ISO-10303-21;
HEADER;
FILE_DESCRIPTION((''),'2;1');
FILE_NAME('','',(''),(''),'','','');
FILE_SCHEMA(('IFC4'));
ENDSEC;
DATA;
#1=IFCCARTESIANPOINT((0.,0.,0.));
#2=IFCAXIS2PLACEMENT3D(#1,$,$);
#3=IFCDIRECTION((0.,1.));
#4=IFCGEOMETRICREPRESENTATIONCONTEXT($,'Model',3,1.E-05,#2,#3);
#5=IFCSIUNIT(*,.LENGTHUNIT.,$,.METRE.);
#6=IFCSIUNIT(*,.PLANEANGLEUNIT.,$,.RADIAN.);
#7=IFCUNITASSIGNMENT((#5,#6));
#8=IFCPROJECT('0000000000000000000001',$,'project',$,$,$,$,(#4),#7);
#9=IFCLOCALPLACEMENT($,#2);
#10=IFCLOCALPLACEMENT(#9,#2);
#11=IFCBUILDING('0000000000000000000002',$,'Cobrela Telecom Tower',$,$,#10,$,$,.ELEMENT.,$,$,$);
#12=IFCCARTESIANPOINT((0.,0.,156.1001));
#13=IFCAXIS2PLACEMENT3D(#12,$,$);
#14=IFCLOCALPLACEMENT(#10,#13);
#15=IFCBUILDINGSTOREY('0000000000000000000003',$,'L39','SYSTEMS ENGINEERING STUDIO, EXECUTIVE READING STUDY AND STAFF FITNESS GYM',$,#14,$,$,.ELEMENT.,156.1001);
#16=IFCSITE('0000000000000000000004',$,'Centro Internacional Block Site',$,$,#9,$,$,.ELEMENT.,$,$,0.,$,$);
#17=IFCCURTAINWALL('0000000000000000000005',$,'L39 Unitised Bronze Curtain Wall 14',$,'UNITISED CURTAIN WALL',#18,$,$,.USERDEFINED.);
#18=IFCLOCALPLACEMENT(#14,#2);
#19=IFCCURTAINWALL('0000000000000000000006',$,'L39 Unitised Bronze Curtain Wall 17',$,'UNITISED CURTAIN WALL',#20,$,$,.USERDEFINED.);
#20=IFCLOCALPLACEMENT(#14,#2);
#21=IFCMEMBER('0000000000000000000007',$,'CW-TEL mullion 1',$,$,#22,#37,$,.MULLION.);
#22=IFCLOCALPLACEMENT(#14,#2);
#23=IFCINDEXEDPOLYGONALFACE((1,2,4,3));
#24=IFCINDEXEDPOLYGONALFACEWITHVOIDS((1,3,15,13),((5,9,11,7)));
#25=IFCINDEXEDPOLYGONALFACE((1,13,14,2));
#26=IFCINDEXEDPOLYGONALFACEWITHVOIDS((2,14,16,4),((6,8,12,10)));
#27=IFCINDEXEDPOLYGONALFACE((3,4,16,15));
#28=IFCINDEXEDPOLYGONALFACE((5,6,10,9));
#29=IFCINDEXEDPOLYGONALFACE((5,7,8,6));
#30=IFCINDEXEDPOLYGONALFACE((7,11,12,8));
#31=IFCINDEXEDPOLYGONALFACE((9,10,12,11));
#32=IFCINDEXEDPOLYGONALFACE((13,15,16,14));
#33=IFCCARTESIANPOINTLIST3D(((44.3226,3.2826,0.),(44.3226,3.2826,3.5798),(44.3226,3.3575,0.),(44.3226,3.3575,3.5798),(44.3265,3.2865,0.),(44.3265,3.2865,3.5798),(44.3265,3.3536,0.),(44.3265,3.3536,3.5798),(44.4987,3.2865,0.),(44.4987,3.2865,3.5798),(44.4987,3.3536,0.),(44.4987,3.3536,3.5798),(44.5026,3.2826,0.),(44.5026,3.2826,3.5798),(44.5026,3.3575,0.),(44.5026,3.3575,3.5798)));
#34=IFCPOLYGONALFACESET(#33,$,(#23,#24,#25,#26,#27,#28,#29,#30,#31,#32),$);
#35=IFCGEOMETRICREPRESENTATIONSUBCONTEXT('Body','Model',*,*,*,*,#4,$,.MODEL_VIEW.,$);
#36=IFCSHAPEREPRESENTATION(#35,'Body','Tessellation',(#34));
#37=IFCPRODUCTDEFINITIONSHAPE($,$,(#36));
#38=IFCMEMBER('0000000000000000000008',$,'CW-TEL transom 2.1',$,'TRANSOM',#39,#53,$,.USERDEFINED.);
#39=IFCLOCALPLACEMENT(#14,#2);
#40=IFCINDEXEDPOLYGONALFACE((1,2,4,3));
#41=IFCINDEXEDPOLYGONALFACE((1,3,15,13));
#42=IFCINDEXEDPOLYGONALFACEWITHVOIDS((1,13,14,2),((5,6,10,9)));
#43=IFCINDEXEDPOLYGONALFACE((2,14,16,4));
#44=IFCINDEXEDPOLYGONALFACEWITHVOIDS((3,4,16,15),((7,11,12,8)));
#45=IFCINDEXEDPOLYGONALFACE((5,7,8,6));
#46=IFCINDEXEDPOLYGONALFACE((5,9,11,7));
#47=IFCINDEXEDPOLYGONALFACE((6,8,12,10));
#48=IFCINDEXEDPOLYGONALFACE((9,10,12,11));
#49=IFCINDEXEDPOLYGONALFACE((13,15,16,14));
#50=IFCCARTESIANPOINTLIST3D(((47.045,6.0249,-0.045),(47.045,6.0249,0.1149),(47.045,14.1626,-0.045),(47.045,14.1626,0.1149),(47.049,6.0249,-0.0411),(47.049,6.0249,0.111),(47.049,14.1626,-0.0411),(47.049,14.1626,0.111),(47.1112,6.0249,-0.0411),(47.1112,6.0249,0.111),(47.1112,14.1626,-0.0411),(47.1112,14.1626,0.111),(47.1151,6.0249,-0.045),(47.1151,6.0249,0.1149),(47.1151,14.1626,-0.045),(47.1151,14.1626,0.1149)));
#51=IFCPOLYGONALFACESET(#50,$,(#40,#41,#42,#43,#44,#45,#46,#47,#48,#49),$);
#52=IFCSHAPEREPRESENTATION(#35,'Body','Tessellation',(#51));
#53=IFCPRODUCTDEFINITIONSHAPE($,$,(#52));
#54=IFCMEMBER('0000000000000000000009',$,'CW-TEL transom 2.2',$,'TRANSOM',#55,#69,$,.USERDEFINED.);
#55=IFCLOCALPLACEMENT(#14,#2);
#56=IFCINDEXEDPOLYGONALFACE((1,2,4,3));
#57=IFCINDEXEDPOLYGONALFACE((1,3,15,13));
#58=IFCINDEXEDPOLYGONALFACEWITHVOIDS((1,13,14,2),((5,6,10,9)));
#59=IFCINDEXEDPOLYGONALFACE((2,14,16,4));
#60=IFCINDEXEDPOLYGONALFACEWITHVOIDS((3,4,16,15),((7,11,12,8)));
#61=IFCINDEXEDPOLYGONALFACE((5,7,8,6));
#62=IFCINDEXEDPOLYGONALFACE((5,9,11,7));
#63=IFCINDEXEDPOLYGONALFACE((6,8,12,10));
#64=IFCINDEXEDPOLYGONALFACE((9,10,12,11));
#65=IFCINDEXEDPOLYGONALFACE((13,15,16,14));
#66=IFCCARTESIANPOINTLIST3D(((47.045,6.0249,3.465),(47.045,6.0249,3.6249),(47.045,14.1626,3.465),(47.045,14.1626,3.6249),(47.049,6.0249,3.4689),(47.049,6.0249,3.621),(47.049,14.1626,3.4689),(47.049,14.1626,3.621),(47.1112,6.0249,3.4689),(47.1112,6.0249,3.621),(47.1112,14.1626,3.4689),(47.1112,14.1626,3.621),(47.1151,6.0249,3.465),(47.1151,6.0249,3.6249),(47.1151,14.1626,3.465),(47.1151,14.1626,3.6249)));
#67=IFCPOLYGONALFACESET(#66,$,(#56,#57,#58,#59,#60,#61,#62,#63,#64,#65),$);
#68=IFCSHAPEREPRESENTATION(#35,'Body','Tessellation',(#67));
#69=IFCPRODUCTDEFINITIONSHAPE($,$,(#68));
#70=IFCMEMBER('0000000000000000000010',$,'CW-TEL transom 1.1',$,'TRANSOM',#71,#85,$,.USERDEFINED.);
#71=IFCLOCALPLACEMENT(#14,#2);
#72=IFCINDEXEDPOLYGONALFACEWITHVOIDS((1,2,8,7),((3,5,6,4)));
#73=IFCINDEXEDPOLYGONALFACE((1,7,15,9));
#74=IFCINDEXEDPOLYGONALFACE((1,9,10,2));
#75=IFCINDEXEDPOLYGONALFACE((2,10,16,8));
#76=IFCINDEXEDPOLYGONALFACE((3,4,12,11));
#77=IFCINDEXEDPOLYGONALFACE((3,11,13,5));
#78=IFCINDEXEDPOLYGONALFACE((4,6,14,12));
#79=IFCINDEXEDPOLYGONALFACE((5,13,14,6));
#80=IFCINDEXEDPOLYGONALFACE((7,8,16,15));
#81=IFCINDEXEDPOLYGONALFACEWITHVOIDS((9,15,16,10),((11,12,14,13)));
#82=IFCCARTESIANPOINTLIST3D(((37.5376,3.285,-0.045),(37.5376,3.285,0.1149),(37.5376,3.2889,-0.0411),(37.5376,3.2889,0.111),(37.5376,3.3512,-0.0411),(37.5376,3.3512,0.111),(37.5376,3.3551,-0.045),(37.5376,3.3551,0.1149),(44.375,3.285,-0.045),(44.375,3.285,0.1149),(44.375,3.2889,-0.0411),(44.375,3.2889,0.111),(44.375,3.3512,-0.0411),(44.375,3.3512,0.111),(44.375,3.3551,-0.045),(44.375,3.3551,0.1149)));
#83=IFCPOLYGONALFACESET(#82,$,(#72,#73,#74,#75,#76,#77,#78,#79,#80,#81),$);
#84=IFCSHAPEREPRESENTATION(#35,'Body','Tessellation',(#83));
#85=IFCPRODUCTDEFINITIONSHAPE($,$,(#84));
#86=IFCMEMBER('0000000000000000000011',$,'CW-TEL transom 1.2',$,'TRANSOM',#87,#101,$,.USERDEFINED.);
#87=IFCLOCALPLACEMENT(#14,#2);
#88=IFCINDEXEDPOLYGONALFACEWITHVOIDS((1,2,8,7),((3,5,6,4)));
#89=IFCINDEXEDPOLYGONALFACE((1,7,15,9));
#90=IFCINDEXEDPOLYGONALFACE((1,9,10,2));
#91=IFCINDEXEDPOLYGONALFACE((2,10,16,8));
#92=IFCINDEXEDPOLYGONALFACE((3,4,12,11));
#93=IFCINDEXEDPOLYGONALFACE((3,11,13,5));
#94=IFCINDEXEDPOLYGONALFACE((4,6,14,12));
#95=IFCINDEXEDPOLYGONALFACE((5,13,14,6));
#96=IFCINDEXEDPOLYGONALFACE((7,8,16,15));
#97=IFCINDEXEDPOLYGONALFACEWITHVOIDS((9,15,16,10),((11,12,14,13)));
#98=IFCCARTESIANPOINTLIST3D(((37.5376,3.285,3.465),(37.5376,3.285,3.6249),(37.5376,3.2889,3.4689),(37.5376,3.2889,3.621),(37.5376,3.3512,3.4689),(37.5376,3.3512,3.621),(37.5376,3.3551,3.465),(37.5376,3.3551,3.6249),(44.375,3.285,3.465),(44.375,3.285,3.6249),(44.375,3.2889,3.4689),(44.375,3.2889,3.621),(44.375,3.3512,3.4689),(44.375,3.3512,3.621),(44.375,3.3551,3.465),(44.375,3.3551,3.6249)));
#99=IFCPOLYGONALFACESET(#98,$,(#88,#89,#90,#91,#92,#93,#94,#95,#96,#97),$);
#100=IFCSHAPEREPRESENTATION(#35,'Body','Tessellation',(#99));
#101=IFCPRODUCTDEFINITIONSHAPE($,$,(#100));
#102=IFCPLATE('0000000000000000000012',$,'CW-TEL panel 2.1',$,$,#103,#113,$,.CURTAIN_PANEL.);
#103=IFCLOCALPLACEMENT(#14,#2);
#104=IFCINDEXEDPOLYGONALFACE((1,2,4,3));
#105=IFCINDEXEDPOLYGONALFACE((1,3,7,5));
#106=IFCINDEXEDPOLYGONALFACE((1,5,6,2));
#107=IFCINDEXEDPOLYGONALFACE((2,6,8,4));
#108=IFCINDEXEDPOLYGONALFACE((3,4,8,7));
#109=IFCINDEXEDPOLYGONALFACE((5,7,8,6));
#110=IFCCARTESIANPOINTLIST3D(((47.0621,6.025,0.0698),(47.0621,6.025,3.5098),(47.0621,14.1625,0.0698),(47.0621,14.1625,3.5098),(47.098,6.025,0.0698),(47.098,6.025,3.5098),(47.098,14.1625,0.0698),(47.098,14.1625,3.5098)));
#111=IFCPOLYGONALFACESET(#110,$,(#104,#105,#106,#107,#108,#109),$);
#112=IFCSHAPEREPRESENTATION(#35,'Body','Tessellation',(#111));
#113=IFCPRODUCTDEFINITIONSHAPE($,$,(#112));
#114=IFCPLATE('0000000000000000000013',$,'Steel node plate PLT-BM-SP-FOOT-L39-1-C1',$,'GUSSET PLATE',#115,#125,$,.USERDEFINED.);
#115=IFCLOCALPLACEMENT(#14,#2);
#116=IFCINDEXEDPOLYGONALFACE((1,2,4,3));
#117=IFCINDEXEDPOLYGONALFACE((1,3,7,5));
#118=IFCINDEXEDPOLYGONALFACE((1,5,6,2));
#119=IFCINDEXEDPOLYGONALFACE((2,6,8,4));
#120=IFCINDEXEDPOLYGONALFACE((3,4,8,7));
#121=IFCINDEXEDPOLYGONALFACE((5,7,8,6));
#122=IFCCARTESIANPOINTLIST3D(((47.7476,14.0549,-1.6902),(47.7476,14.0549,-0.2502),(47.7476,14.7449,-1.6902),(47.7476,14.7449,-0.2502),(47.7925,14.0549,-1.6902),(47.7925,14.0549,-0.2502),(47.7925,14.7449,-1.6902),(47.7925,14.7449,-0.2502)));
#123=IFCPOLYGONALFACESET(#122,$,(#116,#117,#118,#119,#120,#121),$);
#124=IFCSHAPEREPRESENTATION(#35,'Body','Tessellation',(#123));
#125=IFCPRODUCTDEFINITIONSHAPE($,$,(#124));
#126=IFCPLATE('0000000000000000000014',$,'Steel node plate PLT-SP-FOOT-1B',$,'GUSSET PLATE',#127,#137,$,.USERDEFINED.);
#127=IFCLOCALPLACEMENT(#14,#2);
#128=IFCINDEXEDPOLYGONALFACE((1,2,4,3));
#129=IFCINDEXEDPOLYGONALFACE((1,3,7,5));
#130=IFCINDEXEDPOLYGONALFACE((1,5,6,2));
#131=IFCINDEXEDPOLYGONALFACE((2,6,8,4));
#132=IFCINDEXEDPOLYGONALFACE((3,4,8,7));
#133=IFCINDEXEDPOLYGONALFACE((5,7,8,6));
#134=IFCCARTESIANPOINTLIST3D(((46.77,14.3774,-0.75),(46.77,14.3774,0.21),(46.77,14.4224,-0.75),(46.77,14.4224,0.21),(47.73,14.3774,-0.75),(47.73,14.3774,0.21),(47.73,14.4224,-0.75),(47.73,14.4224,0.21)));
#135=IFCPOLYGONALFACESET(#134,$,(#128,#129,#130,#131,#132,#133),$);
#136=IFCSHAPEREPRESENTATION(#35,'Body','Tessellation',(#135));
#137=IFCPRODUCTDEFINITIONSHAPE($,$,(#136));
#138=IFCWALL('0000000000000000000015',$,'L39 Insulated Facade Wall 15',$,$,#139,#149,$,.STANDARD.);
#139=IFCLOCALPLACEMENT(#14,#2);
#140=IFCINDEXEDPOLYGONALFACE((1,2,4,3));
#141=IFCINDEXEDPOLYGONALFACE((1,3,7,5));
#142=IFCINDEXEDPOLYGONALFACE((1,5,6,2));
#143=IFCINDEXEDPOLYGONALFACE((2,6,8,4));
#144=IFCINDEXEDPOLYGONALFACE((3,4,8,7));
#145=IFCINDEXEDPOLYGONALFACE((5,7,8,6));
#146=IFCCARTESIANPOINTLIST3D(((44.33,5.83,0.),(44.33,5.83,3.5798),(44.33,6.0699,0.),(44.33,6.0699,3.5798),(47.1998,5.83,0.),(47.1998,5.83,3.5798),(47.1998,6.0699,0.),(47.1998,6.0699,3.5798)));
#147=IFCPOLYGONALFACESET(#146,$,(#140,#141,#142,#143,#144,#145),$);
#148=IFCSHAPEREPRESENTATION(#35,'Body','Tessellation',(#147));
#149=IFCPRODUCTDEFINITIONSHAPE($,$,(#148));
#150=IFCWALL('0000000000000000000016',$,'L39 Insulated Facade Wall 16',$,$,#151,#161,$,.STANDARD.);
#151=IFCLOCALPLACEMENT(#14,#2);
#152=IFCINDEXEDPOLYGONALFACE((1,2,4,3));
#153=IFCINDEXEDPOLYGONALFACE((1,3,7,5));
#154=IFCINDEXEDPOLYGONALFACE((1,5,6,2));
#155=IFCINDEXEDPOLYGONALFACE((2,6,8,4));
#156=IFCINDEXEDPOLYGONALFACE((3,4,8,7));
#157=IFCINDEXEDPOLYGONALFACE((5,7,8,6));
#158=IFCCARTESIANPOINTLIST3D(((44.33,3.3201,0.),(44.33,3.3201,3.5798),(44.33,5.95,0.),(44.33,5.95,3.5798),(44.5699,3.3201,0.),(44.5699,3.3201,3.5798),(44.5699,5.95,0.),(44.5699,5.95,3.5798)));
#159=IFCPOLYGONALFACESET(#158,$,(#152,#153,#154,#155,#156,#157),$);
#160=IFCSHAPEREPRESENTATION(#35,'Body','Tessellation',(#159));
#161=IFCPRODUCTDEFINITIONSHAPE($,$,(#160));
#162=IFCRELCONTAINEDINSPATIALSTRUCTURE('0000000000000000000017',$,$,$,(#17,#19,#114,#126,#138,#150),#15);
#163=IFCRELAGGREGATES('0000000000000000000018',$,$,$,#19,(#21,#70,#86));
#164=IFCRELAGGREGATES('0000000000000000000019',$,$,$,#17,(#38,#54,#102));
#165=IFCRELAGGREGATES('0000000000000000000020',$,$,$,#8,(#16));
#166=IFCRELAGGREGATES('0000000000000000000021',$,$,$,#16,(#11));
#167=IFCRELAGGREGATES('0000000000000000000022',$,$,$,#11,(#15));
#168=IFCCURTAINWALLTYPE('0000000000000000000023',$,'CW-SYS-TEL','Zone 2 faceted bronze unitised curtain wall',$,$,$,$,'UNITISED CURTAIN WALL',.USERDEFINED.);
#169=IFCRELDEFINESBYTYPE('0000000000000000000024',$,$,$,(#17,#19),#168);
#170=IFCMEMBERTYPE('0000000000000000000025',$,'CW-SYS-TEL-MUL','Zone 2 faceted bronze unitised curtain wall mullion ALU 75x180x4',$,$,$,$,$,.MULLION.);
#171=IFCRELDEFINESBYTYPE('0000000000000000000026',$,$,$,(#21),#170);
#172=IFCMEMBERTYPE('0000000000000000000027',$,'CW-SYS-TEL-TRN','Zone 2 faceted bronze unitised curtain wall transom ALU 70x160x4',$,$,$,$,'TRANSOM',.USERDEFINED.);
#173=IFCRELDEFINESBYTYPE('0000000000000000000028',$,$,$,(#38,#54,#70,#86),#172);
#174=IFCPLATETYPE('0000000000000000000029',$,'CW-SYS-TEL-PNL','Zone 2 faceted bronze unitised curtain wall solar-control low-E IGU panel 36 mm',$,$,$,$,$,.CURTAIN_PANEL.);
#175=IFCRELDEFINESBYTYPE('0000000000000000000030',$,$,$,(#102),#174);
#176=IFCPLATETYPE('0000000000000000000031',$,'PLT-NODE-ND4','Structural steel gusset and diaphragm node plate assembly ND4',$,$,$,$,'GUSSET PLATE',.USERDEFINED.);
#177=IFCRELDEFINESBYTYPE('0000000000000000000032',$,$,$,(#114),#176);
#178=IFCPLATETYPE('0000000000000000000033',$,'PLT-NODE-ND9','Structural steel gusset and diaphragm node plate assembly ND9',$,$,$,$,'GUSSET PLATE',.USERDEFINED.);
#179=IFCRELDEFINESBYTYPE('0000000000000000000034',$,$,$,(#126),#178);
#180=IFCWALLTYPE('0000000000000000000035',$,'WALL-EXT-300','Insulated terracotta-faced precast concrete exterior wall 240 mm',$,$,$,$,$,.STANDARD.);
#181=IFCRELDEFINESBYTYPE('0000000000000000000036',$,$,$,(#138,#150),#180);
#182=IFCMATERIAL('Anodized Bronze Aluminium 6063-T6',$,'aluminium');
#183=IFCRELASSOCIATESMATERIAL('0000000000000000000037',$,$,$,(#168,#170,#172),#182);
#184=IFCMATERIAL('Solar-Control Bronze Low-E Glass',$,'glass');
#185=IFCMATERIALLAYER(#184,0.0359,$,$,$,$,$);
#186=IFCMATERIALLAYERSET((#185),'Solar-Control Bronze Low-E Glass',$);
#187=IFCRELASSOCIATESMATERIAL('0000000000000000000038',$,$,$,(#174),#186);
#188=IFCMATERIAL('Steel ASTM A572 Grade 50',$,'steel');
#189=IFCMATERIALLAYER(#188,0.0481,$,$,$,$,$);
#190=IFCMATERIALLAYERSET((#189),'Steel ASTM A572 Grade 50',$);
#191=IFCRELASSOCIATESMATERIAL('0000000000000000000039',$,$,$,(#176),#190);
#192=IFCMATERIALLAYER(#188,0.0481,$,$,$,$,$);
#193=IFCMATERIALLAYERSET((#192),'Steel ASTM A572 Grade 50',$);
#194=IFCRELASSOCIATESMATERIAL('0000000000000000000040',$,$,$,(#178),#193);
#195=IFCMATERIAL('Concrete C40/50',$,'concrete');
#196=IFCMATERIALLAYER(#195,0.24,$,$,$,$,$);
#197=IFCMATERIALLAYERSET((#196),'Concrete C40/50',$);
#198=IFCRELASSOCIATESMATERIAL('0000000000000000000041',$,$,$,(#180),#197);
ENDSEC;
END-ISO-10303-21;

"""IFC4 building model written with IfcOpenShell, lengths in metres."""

from ifc_helpers import new_model, si_unit, direction, frame, frame_2d, origin, origin_2d, place, context, subcontext, project, spatial, rectangle, hollow_rectangle, extrude, material, layer, layer_set, material_profile, profile_set, type_object, element, aggregate, save


model = new_model("IFC4")

# Units and contexts
model_context = context("Model", 3, precision=1e-05, world=origin(), true_north=direction((0.0, 1.0)))
body_context = subcontext(model_context, "Body", "Model", "MODEL_VIEW")
ifc_project = project(units=[si_unit("LENGTHUNIT", "METRE"), si_unit("PLANEANGLEUNIT", "RADIAN")], contexts=[model_context])

# Site, building, storey
site_placement = place(None, origin())
site = spatial("IfcSite", under=ifc_project, at=site_placement, Name="Centro Internacional Block Site", CompositionType="ELEMENT", RefElevation=0.0)
building_placement = place(site_placement, origin())
building = spatial("IfcBuilding", under=site, at=building_placement, Name="Cobrela Telecom Tower", CompositionType="ELEMENT")
storey_placement = place(building_placement, frame((0.0, 0.0, 156.1001)))
storey = spatial("IfcBuildingStorey", under=building, at=storey_placement, Name="L39", Description="SYSTEMS ENGINEERING STUDIO, EXECUTIVE READING STUDY AND STAFF FITNESS GYM", CompositionType="ELEMENT", Elevation=156.1001)

# Shared definitions
ifc_material_1 = material(Name="Steel ASTM A572 Grade 50", Category="steel")

# Curtain wall
ifc_material_2 = material(Name="Anodized Bronze Aluminium 6063-T6", Category="aluminium")
curtain_wall_type = type_object("IfcCurtainWallType", Name="CW-SYS-TEL", Description="Zone 2 faceted bronze unitised curtain wall", ElementType="UNITISED CURTAIN WALL", PredefinedType="USERDEFINED", material=ifc_material_2)
curtain_wall_1_placement = place(storey_placement, origin())
curtain_wall_1 = element("IfcCurtainWall", 1, at=curtain_wall_1_placement, inside=storey, type_object=curtain_wall_type, Name="L39 Unitised Bronze Curtain Wall 14", ObjectType="UNITISED CURTAIN WALL", PredefinedType="USERDEFINED")
ifc_material_profile_1 = material_profile(ifc_material_2, hollow_rectangle(XDim=0.075, YDim=0.1799, WallThickness=0.0039, at=origin_2d()), Name="ALU 75x180x4")
ifc_profile_set_1 = profile_set([ifc_material_profile_1], Name="Anodized Bronze Aluminium 6063-T6")
member_type_1 = type_object("IfcMemberType", Name="CW-SYS-TEL-MUL", Description="Zone 2 faceted bronze unitised curtain wall mullion ALU 75x180x4", PredefinedType="MULLION", material=ifc_profile_set_1)

# Curtain wall, member
curtain_wall_2_placement = place(storey_placement, origin())
curtain_wall_2 = element("IfcCurtainWall", 2, at=curtain_wall_2_placement, inside=storey, type_object=curtain_wall_type, Name="L39 Unitised Bronze Curtain Wall 17", ObjectType="UNITISED CURTAIN WALL", PredefinedType="USERDEFINED")
member_1_placement = place(storey_placement, frame((44.4126, 3.3201, 0.0), z_axis=(0.0, 0.0, 1.0), x_axis=(0.0, -1.0, 0.0)))
member_1 = element("IfcMember", 3, at=member_1_placement, type_object=member_type_1, Name="CW-TEL mullion 1", PredefinedType="MULLION", context=body_context, shape_type="SweptSolid", body=[
    extrude(hollow_rectangle(XDim=0.075, YDim=0.1799, WallThickness=0.0039, at=origin_2d()), origin(), (0.0, 0.0, 1.0), 3.5798),
])

# Members
ifc_material_profile_2 = material_profile(ifc_material_2, hollow_rectangle(XDim=0.0701, YDim=0.1599, WallThickness=0.0039, at=origin_2d()), Name="ALU 70x160x4")
ifc_profile_set_2 = profile_set([ifc_material_profile_2], Name="Anodized Bronze Aluminium 6063-T6")
member_type_2 = type_object("IfcMemberType", Name="CW-SYS-TEL-TRN", Description="Zone 2 faceted bronze unitised curtain wall transom ALU 70x160x4", ElementType="TRANSOM", PredefinedType="USERDEFINED", material=ifc_profile_set_2)
member_2_placement = place(storey_placement, frame((47.0801, 14.1626, 0.0349), z_axis=(0.0, -1.0, 0.0), x_axis=(1.0, 0.0, 0.0)))
member_2 = element("IfcMember", 4, at=member_2_placement, type_object=member_type_2, Name="CW-TEL transom 2.1", ObjectType="TRANSOM", PredefinedType="USERDEFINED", context=body_context, shape_type="SweptSolid", body=[
    extrude(hollow_rectangle(XDim=0.0701, YDim=0.1599, WallThickness=0.0039, at=origin_2d()), origin(), (0.0, 0.0, 1.0), 8.1377),
])
member_3_placement = place(storey_placement, frame((47.0801, 14.1626, 3.5449), z_axis=(0.0, -1.0, 0.0), x_axis=(1.0, 0.0, 0.0)))
member_3 = element("IfcMember", 5, at=member_3_placement, type_object=member_type_2, Name="CW-TEL transom 2.2", ObjectType="TRANSOM", PredefinedType="USERDEFINED", context=body_context, shape_type="SweptSolid", body=[
    extrude(hollow_rectangle(XDim=0.0701, YDim=0.1599, WallThickness=0.0039, at=origin_2d()), origin(), (0.0, 0.0, 1.0), 8.1377),
])
member_4_placement = place(storey_placement, frame((44.375, 3.3201, 0.0349), z_axis=(-1.0, 0.0, 0.0), x_axis=(0.0, -1.0, 0.0)))
member_4 = element("IfcMember", 6, at=member_4_placement, type_object=member_type_2, Name="CW-TEL transom 1.1", ObjectType="TRANSOM", PredefinedType="USERDEFINED", context=body_context, shape_type="SweptSolid", body=[
    extrude(hollow_rectangle(XDim=0.0701, YDim=0.1599, WallThickness=0.0039, at=origin_2d()), origin(), (0.0, 0.0, 1.0), 6.8374),
])
member_5_placement = place(storey_placement, frame((44.375, 3.3201, 3.5449), z_axis=(-1.0, 0.0, 0.0), x_axis=(0.0, -1.0, 0.0)))
member_5 = element("IfcMember", 7, at=member_5_placement, type_object=member_type_2, Name="CW-TEL transom 1.2", ObjectType="TRANSOM", PredefinedType="USERDEFINED", context=body_context, shape_type="SweptSolid", body=[
    extrude(hollow_rectangle(XDim=0.0701, YDim=0.1599, WallThickness=0.0039, at=origin_2d()), origin(), (0.0, 0.0, 1.0), 6.8374),
])
aggregate(curtain_wall_2, [member_1, member_4, member_5])

# Plate
ifc_material_3 = material(Name="Solar-Control Bronze Low-E Glass", Category="glass")
ifc_layer_1 = layer(ifc_material_3, 0.0359)
ifc_layer_set_1 = layer_set([ifc_layer_1], Name="Solar-Control Bronze Low-E Glass")
plate_type_1 = type_object("IfcPlateType", Name="CW-SYS-TEL-PNL", Description="Zone 2 faceted bronze unitised curtain wall solar-control low-E IGU panel 36 mm", PredefinedType="CURTAIN_PANEL", material=ifc_layer_set_1)
plate_1_placement = place(storey_placement, frame((47.0801, 10.0938, 0.0698), z_axis=(0.0, 0.0, 1.0), x_axis=(0.0, -1.0, 0.0)))
plate_1 = element("IfcPlate", 8, at=plate_1_placement, type_object=plate_type_1, Name="CW-TEL panel 2.1", PredefinedType="CURTAIN_PANEL", context=body_context, shape_type="SweptSolid", body=[
    extrude(rectangle(XDim=8.1375, YDim=0.0359, at=origin_2d()), origin(), (0.0, 0.0, 1.0), 3.4399),
])
aggregate(curtain_wall_1, [member_2, member_3, plate_1])

# Plates
ifc_layer_2 = layer(ifc_material_1, 0.0481)
ifc_layer_set_2 = layer_set([ifc_layer_2], Name="Steel ASTM A572 Grade 50")
plate_type_2 = type_object("IfcPlateType", Name="PLT-NODE-ND4", Description="Structural steel gusset and diaphragm node plate assembly ND4", ElementType="GUSSET PLATE", PredefinedType="USERDEFINED", material=ifc_layer_set_2)
plate_2_placement = place(storey_placement, frame((47.77, 14.3999, -1.6902), z_axis=(0.0, 0.0, 1.0), x_axis=(1.0, 0.0, 0.0)))
element("IfcPlate", 9, at=plate_2_placement, inside=storey, type_object=plate_type_2, Name="Steel node plate PLT-BM-SP-FOOT-L39-1-C1", ObjectType="GUSSET PLATE", PredefinedType="USERDEFINED", context=body_context, shape_type="SweptSolid", body=[
    extrude(rectangle(XDim=0.0449, YDim=0.6899, at=origin_2d()), origin(), (0.0, 0.0, 1.0), 1.4399),
])
ifc_layer_3 = layer(ifc_material_1, 0.0481)
ifc_layer_set_3 = layer_set([ifc_layer_3], Name="Steel ASTM A572 Grade 50")
plate_type_3 = type_object("IfcPlateType", Name="PLT-NODE-ND9", Description="Structural steel gusset and diaphragm node plate assembly ND9", ElementType="GUSSET PLATE", PredefinedType="USERDEFINED", material=ifc_layer_set_3)
plate_3_placement = place(storey_placement, frame((47.25, 14.3999, -0.75), z_axis=(0.0, 0.0, 1.0), x_axis=(1.0, 0.0, 0.0)))
element("IfcPlate", 10, at=plate_3_placement, inside=storey, type_object=plate_type_3, Name="Steel node plate PLT-SP-FOOT-1B", ObjectType="GUSSET PLATE", PredefinedType="USERDEFINED", context=body_context, shape_type="SweptSolid", body=[
    extrude(rectangle(XDim=0.96, YDim=0.0449, at=origin_2d()), origin(), (0.0, 0.0, 1.0), 0.96),
])

# Walls
ifc_material_4 = material(Name="Concrete C40/50", Category="concrete")
ifc_layer_4 = layer(ifc_material_4, 0.24)
ifc_layer_set_4 = layer_set([ifc_layer_4], Name="Concrete C40/50")
wall_type = type_object("IfcWallType", Name="WALL-EXT-300", Description="Insulated terracotta-faced precast concrete exterior wall 240 mm", PredefinedType="STANDARD", material=ifc_layer_set_4)
wall_1_placement = place(storey_placement, frame((47.2, 5.95, 0.0), z_axis=(0.0, 0.0, 1.0), x_axis=(-1.0, 0.0, 0.0)))
element("IfcWall", 11, at=wall_1_placement, inside=storey, type_object=wall_type, Name="L39 Insulated Facade Wall 15", PredefinedType="STANDARD", context=body_context, shape_type="SweptSolid", body=[
    extrude(rectangle(XDim=2.8699, YDim=0.24, at=frame_2d((1.4351, 0.0))), origin(), (0.0, 0.0, 1.0), 3.5798),
])
wall_2_placement = place(storey_placement, frame((44.45, 5.95, 0.0), z_axis=(0.0, 0.0, 1.0), x_axis=(0.0, -1.0, 0.0)))
element("IfcWall", 12, at=wall_2_placement, inside=storey, type_object=wall_type, Name="L39 Insulated Facade Wall 16", PredefinedType="STANDARD", context=body_context, shape_type="SweptSolid", body=[
    extrude(rectangle(XDim=2.6299, YDim=0.24, at=frame_2d((1.3149, 0.0))), origin(), (0.0, 0.0, 1.0), 3.5798),
])

save(model, "model.ifc")
